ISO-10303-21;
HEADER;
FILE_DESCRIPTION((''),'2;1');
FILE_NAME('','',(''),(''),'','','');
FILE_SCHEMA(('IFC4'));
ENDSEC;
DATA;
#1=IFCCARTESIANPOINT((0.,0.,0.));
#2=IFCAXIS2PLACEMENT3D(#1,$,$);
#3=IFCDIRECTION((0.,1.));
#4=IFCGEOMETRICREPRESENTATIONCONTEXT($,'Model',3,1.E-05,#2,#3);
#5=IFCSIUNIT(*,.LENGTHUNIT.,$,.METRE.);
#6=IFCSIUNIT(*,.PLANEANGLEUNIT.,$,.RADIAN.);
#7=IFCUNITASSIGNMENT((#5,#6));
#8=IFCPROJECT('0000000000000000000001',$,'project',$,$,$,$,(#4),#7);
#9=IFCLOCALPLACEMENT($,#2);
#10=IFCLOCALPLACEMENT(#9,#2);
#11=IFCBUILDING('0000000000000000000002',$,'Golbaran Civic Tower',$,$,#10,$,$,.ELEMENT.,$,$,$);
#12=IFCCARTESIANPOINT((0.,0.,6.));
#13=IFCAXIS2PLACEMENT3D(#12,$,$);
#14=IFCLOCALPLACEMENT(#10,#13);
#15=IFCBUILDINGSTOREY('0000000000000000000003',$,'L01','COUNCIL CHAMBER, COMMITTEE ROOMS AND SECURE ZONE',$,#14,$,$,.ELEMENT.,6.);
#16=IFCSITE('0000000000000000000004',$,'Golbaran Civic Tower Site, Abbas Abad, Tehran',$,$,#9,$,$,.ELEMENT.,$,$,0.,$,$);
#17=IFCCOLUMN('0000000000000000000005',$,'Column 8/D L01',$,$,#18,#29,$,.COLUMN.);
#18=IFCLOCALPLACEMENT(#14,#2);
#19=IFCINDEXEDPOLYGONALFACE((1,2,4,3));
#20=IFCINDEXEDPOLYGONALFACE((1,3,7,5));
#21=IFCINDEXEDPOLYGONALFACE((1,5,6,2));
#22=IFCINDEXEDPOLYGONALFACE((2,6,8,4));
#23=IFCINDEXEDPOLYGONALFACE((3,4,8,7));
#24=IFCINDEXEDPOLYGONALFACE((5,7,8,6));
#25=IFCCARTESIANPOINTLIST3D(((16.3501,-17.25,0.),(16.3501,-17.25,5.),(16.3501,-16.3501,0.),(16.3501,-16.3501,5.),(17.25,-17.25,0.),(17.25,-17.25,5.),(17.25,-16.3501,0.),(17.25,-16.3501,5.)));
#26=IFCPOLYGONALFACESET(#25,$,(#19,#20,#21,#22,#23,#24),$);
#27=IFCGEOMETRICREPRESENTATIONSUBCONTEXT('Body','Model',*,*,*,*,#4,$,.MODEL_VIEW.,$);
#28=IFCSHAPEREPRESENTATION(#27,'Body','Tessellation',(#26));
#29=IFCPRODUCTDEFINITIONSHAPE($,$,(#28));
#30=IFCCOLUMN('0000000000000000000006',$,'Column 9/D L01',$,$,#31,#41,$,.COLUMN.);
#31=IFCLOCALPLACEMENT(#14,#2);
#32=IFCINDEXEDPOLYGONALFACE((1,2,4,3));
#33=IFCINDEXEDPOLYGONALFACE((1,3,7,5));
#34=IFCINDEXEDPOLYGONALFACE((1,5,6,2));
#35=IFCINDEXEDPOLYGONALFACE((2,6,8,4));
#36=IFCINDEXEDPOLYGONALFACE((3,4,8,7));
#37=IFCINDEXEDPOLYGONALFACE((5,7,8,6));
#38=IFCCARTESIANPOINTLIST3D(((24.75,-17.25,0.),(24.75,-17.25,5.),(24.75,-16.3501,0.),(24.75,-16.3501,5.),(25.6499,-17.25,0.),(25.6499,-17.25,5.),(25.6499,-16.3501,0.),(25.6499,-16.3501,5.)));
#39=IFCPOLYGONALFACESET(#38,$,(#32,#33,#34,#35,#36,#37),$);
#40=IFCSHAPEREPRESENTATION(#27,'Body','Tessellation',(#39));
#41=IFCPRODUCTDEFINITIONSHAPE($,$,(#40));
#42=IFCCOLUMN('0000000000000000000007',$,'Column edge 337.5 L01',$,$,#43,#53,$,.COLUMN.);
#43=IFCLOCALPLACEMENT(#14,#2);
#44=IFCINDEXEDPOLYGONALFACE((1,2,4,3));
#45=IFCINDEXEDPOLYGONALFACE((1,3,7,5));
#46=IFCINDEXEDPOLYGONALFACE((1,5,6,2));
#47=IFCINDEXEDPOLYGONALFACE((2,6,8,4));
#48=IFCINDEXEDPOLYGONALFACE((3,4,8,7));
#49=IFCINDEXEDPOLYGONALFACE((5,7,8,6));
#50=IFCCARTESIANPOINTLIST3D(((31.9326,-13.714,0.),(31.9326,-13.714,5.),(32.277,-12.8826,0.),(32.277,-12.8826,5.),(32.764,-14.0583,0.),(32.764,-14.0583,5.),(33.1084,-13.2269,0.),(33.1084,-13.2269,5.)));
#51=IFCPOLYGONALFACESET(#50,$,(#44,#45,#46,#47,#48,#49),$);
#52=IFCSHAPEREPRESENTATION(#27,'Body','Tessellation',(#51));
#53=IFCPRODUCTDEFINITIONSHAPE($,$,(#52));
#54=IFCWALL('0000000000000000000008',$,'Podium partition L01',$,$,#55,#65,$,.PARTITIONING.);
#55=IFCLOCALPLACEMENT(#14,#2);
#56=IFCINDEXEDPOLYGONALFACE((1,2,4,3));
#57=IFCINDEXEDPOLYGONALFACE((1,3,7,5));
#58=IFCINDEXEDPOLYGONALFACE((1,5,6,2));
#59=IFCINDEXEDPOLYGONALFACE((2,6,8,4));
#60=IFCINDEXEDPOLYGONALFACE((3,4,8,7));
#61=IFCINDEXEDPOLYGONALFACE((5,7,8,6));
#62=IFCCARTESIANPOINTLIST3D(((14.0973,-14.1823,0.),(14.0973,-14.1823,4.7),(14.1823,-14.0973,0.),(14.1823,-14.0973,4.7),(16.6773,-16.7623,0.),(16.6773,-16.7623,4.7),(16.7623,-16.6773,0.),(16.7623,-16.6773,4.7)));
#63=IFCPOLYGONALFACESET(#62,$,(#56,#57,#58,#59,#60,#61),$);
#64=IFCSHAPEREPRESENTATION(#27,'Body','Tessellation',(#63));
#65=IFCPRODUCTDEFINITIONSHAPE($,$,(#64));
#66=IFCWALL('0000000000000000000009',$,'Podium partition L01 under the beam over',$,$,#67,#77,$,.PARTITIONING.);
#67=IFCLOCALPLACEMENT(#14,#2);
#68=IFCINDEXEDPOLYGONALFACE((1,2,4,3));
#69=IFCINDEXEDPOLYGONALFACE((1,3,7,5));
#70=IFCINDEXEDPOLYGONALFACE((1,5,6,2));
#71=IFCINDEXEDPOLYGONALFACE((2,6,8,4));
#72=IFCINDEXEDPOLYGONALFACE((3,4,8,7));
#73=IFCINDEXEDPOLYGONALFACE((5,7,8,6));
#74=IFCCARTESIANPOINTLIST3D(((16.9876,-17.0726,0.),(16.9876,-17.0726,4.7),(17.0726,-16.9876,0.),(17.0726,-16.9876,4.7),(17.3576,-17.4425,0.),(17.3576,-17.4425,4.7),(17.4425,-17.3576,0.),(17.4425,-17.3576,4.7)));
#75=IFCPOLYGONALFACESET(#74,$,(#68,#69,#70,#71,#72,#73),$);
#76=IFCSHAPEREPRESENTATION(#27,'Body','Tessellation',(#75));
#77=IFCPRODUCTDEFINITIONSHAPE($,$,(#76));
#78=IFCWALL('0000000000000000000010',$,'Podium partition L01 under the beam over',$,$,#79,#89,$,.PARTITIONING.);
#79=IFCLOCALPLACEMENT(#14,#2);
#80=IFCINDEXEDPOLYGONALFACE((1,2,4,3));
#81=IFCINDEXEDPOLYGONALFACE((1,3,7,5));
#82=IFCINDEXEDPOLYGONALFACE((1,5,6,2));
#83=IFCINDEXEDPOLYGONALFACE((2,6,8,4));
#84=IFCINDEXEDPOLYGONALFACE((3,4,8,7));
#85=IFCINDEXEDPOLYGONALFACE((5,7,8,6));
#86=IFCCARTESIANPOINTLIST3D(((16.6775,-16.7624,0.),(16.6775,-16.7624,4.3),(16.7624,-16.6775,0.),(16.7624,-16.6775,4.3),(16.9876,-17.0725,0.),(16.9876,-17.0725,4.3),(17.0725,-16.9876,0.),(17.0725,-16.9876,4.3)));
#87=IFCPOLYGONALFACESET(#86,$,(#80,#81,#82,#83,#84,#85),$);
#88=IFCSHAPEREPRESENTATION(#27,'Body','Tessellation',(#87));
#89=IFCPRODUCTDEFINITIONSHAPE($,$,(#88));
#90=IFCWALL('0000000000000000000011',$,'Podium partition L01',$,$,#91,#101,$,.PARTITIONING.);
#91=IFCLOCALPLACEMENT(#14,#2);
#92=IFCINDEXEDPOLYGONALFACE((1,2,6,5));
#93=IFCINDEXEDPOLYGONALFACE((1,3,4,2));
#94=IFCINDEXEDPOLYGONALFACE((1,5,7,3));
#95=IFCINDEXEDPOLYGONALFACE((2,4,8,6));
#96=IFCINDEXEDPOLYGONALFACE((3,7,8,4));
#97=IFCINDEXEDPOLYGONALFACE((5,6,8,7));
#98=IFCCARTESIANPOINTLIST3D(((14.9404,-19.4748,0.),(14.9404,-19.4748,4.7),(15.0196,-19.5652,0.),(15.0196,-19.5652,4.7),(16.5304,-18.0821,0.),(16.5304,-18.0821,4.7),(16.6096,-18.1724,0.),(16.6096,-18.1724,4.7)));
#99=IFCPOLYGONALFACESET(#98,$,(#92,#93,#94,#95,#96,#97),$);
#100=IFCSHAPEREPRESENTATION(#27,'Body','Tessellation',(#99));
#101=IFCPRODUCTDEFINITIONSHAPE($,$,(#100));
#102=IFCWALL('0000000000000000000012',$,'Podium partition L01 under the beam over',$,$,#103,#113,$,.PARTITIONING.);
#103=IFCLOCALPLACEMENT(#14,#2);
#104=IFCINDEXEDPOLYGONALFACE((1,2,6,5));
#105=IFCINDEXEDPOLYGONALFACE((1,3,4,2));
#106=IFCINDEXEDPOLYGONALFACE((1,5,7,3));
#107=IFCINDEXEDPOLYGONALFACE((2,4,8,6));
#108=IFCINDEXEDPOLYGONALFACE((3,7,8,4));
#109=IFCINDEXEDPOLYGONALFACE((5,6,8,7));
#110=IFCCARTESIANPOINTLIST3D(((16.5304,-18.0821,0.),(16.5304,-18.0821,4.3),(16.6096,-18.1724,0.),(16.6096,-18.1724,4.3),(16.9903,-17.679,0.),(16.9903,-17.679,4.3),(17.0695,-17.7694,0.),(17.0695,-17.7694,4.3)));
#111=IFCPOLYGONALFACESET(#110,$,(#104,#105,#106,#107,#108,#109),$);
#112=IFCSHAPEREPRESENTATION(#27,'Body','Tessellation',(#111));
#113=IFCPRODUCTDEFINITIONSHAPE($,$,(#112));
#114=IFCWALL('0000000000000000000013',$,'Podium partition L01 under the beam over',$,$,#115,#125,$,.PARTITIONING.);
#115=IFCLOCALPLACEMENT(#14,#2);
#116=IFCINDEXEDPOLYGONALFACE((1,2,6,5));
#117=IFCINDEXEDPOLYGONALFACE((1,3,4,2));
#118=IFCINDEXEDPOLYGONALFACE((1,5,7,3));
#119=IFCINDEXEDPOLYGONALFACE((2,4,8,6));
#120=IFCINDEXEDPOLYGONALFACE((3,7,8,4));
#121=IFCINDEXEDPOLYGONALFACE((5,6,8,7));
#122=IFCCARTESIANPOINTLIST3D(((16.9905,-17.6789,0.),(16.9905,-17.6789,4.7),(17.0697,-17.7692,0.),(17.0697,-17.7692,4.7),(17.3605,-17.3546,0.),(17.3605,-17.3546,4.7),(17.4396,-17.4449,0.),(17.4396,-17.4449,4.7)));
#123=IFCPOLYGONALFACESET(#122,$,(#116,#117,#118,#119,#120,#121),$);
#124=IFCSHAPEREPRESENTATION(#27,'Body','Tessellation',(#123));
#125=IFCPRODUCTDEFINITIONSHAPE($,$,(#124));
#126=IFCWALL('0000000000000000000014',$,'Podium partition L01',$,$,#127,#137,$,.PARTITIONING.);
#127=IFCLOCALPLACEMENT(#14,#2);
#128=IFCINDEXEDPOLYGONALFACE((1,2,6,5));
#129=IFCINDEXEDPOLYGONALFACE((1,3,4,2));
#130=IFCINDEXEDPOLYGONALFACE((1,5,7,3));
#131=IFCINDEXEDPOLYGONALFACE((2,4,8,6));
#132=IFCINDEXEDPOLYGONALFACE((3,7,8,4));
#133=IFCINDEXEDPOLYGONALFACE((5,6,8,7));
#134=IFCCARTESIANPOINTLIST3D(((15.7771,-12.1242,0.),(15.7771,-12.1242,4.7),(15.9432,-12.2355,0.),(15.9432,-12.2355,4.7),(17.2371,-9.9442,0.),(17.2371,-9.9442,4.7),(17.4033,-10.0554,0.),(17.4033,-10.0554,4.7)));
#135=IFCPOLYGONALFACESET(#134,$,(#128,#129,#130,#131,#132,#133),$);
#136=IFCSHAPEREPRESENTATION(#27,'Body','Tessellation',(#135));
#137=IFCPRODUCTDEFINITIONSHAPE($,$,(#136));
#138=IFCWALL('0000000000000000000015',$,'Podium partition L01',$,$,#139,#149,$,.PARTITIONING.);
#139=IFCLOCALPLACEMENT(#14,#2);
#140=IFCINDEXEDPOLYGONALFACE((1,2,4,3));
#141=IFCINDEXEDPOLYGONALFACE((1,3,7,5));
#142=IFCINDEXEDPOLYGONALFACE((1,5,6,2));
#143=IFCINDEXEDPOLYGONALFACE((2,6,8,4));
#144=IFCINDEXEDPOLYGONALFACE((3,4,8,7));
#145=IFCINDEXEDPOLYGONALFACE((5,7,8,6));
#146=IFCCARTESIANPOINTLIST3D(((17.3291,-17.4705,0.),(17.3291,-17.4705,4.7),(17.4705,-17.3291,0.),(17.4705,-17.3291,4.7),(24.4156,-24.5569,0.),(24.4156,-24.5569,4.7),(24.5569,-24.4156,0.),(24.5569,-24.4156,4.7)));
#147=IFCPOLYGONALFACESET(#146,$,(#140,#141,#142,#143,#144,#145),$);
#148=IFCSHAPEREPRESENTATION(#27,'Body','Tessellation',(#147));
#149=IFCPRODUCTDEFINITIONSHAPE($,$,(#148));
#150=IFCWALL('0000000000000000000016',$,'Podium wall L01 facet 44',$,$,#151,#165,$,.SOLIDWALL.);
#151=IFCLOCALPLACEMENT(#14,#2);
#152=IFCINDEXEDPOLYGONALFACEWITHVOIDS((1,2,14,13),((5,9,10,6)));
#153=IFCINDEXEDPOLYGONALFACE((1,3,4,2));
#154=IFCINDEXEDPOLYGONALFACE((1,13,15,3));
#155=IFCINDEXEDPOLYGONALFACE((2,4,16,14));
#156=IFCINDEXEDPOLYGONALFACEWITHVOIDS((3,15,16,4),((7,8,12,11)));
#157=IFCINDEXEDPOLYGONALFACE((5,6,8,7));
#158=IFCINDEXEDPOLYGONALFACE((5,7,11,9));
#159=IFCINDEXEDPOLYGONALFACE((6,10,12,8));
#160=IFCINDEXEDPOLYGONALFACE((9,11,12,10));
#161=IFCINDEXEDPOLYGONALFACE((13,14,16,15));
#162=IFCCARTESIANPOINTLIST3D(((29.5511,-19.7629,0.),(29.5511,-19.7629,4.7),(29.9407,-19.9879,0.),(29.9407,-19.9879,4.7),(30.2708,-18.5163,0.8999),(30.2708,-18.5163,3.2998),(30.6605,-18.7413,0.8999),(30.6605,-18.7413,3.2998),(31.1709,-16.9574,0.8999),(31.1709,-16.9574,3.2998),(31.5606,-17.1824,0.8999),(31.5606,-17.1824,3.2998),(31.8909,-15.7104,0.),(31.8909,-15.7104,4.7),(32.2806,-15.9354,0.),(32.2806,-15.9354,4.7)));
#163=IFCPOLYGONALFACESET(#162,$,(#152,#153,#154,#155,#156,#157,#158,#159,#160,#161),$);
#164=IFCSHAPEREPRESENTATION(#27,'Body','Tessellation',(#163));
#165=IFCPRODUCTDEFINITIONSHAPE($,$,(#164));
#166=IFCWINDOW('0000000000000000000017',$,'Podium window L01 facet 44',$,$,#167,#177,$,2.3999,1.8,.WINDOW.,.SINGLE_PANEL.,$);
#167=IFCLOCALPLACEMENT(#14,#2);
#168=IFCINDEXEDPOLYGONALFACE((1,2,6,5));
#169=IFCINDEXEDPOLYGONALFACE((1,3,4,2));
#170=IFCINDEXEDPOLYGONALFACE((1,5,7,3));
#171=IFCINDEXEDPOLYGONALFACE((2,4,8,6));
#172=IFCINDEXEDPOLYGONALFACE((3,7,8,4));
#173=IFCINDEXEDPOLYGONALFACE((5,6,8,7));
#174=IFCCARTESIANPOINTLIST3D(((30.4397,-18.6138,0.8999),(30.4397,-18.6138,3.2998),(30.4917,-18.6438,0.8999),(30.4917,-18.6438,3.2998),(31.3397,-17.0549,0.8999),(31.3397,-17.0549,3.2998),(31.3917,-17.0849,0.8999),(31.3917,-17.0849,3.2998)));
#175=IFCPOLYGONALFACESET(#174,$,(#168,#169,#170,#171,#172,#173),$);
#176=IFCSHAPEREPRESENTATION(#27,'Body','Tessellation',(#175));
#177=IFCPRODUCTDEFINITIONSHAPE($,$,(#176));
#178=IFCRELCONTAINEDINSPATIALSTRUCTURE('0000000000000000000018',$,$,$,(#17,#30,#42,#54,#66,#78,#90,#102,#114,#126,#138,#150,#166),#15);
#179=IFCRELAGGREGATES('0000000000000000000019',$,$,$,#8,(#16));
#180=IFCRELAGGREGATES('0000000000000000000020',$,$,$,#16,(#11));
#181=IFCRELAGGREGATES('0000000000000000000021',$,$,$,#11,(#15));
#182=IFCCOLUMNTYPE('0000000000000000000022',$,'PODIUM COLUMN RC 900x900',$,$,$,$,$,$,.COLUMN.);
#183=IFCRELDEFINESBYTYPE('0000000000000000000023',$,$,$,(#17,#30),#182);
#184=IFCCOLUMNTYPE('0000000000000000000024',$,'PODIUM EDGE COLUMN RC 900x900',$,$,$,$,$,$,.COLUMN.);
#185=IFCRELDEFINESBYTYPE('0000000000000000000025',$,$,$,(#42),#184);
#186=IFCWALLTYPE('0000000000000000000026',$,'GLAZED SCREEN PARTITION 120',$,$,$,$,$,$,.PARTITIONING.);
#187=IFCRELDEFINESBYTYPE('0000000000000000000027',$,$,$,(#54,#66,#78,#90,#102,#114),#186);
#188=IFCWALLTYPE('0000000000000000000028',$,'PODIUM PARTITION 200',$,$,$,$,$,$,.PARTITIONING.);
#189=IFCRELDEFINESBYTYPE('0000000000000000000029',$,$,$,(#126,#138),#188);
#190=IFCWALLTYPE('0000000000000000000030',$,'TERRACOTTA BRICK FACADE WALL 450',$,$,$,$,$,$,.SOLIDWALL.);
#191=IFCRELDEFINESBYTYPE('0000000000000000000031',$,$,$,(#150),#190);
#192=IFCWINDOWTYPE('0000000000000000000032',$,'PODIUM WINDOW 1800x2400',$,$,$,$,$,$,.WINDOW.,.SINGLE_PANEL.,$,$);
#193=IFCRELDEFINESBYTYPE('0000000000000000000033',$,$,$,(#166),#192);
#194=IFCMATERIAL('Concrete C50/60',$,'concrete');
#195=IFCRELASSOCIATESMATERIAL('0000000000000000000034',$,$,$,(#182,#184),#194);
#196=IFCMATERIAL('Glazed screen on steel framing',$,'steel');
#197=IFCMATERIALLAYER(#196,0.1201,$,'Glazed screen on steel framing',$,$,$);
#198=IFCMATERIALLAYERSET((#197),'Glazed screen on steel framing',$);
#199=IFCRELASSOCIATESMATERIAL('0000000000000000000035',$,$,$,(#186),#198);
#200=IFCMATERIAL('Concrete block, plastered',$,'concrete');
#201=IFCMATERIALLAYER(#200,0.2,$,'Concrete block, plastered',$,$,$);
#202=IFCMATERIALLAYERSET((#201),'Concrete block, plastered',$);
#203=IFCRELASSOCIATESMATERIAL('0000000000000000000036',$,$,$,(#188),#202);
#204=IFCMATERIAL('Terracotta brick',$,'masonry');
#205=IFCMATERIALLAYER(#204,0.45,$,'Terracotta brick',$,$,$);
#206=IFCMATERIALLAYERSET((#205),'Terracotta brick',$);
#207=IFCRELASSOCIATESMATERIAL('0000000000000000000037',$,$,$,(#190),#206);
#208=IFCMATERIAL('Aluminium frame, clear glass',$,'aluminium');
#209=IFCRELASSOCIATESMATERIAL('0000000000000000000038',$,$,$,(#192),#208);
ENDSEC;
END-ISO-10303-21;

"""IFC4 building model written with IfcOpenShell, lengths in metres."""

from ifc_helpers import new_model, si_unit, direction, frame, frame_2d, origin, origin_2d, place, context, subcontext, project, spatial, rectangle, extrude, material, layer, layer_set, material_profile, profile_set, type_object, element, fill, save


model = new_model("IFC4")

# Units and contexts
model_context = context("Model", 3, precision=1e-05, world=origin(), true_north=direction((0.0, 1.0)))
body_context = subcontext(model_context, "Body", "Model", "MODEL_VIEW")
ifc_project = project(units=[si_unit("LENGTHUNIT", "METRE"), si_unit("PLANEANGLEUNIT", "RADIAN")], contexts=[model_context])

# Site, building, storey
site_placement = place(None, origin())
site = spatial("IfcSite", under=ifc_project, at=site_placement, Name="Golbaran Civic Tower Site, Abbas Abad, Tehran", CompositionType="ELEMENT", RefElevation=0.0)
building_placement = place(site_placement, origin())
building = spatial("IfcBuilding", under=site, at=building_placement, Name="Golbaran Civic Tower", CompositionType="ELEMENT")
storey_placement = place(building_placement, frame((0.0, 0.0, 6.0)))
storey = spatial("IfcBuildingStorey", under=building, at=storey_placement, Name="L01", Description="COUNCIL CHAMBER, COMMITTEE ROOMS AND SECURE ZONE", CompositionType="ELEMENT", Elevation=6.0)

# Columns
ifc_material_1 = material(Name="Concrete C50/60", Category="concrete")
ifc_material_profile_1 = material_profile(ifc_material_1, rectangle(XDim=0.8999, YDim=0.8999, at=origin_2d()), Name="RC 900x900")
ifc_profile_set_1 = profile_set([ifc_material_profile_1], Name="Concrete C50/60")
column_type_1 = type_object("IfcColumnType", Name="PODIUM COLUMN RC 900x900", PredefinedType="COLUMN", material=ifc_profile_set_1)
for number, where, z_axis, x_axis, name in (
    (1, (16.8, -16.8, 0.0), (0.0, 0.0, 1.0), (1.0, 0.0, 0.0), "Column 8/D L01"),
    (2, (25.2, -16.8, 0.0), (0.0, 0.0, 1.0), (1.0, 0.0, 0.0), "Column 9/D L01"),
):
    element("IfcColumn", number, at=place(storey_placement, frame(where, z_axis=z_axis, x_axis=x_axis)), inside=storey, type_object=column_type_1, Name=name, PredefinedType="COLUMN", context=body_context, shape_type="SweptSolid", body=[
        extrude(rectangle(XDim=0.8999, YDim=0.8999, at=origin_2d()), origin(), (0.0, 0.0, 1.0), 5.0),
    ])
ifc_material_profile_2 = material_profile(ifc_material_1, rectangle(XDim=0.8999, YDim=0.8999, at=origin_2d()), Name="RC 900x900")
ifc_profile_set_2 = profile_set([ifc_material_profile_2], Name="Concrete C50/60")
column_type_2 = type_object("IfcColumnType", Name="PODIUM EDGE COLUMN RC 900x900", PredefinedType="COLUMN", material=ifc_profile_set_2)
column_placement = place(storey_placement, frame((32.5205, -13.4705, 0.0), z_axis=(0.0, 0.0, 1.0), x_axis=(0.92388, -0.382683, 0.0)))
element("IfcColumn", 3, at=column_placement, inside=storey, type_object=column_type_2, Name="Column edge 337.5 L01", PredefinedType="COLUMN", context=body_context, shape_type="SweptSolid", body=[
    extrude(rectangle(XDim=0.8999, YDim=0.8999, at=origin_2d()), origin(), (0.0, 0.0, 1.0), 5.0),
])

# Walls
ifc_material_2 = material(Name="Glazed screen on steel framing", Category="steel")
ifc_layer_1 = layer(ifc_material_2, 0.1201, Name="Glazed screen on steel framing")
ifc_layer_set_1 = layer_set([ifc_layer_1], Name="Glazed screen on steel framing")
wall_type_1 = type_object("IfcWallType", Name="GLAZED SCREEN PARTITION 120", PredefinedType="PARTITIONING", material=ifc_layer_set_1)
wall_1_placement = place(storey_placement, frame((14.1399, -14.1399, 0.0), z_axis=(0.0, 0.0, 1.0), x_axis=(0.707107, -0.707107, 0.0)))
element("IfcWall", 4, at=wall_1_placement, inside=storey, type_object=wall_type_1, Name="Podium partition L01", PredefinedType="PARTITIONING", context=body_context, shape_type="SweptSolid", body=[
    extrude(rectangle(XDim=3.6487, YDim=0.1201, at=frame_2d((1.8242, 0.0))), origin(), (0.0, 0.0, 1.0), 4.7),
])
wall_2_placement = place(storey_placement, frame((17.03, -17.03, 0.0), z_axis=(0.0, 0.0, 1.0), x_axis=(0.707107, -0.707107, 0.0)))
element("IfcWall", 5, at=wall_2_placement, inside=storey, type_object=wall_type_1, Name="Podium partition L01 under the beam over", PredefinedType="PARTITIONING", context=body_context, shape_type="SweptSolid", body=[
    extrude(rectangle(XDim=0.5232, YDim=0.1201, at=frame_2d((0.2617, 0.0))), origin(), (0.0, 0.0, 1.0), 4.7),
])
wall_3_placement = place(storey_placement, frame((16.72, -16.72, 0.0), z_axis=(0.0, 0.0, 1.0), x_axis=(0.707107, -0.707107, 0.0)))
element("IfcWall", 6, at=wall_3_placement, inside=storey, type_object=wall_type_1, Name="Podium partition L01 under the beam over", PredefinedType="PARTITIONING", context=body_context, shape_type="SweptSolid", body=[
    extrude(rectangle(XDim=0.4385, YDim=0.1201, at=frame_2d((0.2192, 0.0))), origin(), (0.0, 0.0, 1.0), 4.3),
])
wall_4_placement = place(storey_placement, frame((14.98, -19.52, 0.0), z_axis=(0.0, 0.0, 1.0), x_axis=(0.752226, 0.658905, 0.0)))
element("IfcWall", 7, at=wall_4_placement, inside=storey, type_object=wall_type_1, Name="Podium partition L01", PredefinedType="PARTITIONING", context=body_context, shape_type="SweptSolid", body=[
    extrude(rectangle(XDim=2.1138, YDim=0.1201, at=frame_2d((1.0569, 0.0))), origin(), (0.0, 0.0, 1.0), 4.7),
])
wall_5_placement = place(storey_placement, frame((16.5701, -18.1272, 0.0), z_axis=(0.0, 0.0, 1.0), x_axis=(0.752082, 0.65907, 0.0)))
element("IfcWall", 8, at=wall_5_placement, inside=storey, type_object=wall_type_1, Name="Podium partition L01 under the beam over", PredefinedType="PARTITIONING", context=body_context, shape_type="SweptSolid", body=[
    extrude(rectangle(XDim=0.6116, YDim=0.1201, at=frame_2d((0.3057, 0.0))), origin(), (0.0, 0.0, 1.0), 4.3),
])
wall_6_placement = place(storey_placement, frame((17.03, -17.7241, 0.0), z_axis=(0.0, 0.0, 1.0), x_axis=(0.751992, 0.659172, 0.0)))
element("IfcWall", 9, at=wall_6_placement, inside=storey, type_object=wall_type_1, Name="Podium partition L01 under the beam over", PredefinedType="PARTITIONING", context=body_context, shape_type="SweptSolid", body=[
    extrude(rectangle(XDim=0.4919, YDim=0.1201, at=frame_2d((0.2461, 0.0))), origin(), (0.0, 0.0, 1.0), 4.7),
])

# Shared definitions
ifc_material_3 = material(Name="Concrete block, plastered", Category="concrete")
ifc_layer_2 = layer(ifc_material_3, 0.2, Name="Concrete block, plastered")
ifc_layer_set_2 = layer_set([ifc_layer_2], Name="Concrete block, plastered")
wall_type_2 = type_object("IfcWallType", Name="PODIUM PARTITION 200", PredefinedType="PARTITIONING", material=ifc_layer_set_2)

# Walls
wall_7_placement = place(storey_placement, frame((15.8601, -12.1799, 0.0), z_axis=(0.0, 0.0, 1.0), x_axis=(0.55646, 0.830875, 0.0)))
element("IfcWall", 10, at=wall_7_placement, inside=storey, type_object=wall_type_2, Name="Podium partition L01", PredefinedType="PARTITIONING", context=body_context, shape_type="SweptSolid", body=[
    extrude(rectangle(XDim=2.6238, YDim=0.2, at=frame_2d((1.312, 0.0))), origin(), (0.0, 0.0, 1.0), 4.7),
])
wall_8_placement = place(storey_placement, frame((17.3999, -17.3999, 0.0), z_axis=(0.0, 0.0, 1.0), x_axis=(0.707107, -0.707107, 0.0)))
element("IfcWall", 11, at=wall_8_placement, inside=storey, type_object=wall_type_2, Name="Podium partition L01", PredefinedType="PARTITIONING", context=body_context, shape_type="SweptSolid", body=[
    extrude(rectangle(XDim=10.0217, YDim=0.2, at=frame_2d((5.0107, 0.0))), origin(), (0.0, 0.0, 1.0), 4.7),
])

# Wall, opening, window
ifc_material_4 = material(Name="Terracotta brick", Category="masonry")
ifc_layer_3 = layer(ifc_material_4, 0.45, Name="Terracotta brick")
ifc_layer_set_3 = layer_set([ifc_layer_3], Name="Terracotta brick")
wall_type_3 = type_object("IfcWallType", Name="TERRACOTTA BRICK FACADE WALL 450", PredefinedType="SOLIDWALL", material=ifc_layer_set_3)
wall_9_placement = place(storey_placement, frame((29.7458, -19.8755, 0.0), z_axis=(0.0, 0.0, 1.0), x_axis=(0.500022, 0.866013, 0.0)))
wall_9 = element("IfcWall", 12, at=wall_9_placement, inside=storey, type_object=wall_type_3, Name="Podium wall L01 facet 44", PredefinedType="SOLIDWALL", context=body_context, shape_type="SweptSolid", body=[
    extrude(rectangle(XDim=4.6794, YDim=0.45, at=frame_2d((2.3398, 0.0))), origin(), (0.0, 0.0, 1.0), 4.7),
])
opening_1_placement = place(wall_9_placement, frame((1.4397, 0.0, 0.8999)))
opening_1 = element("IfcOpeningElement", 13, at=opening_1_placement, cuts=wall_9, PredefinedType="OPENING", context=body_context, shape_type="SweptSolid", body=[
    extrude(rectangle(XDim=1.8, YDim=2.3999, at=frame_2d((0.8999, 1.2))), frame((0.0, 0.2349, 0.0), z_axis=(0.0, -1.0, 0.0), x_axis=(1.0, 0.0, 0.0)), (0.0, 0.0, 1.0), 0.47),
])
ifc_material_5 = material(Name="Aluminium frame, clear glass", Category="aluminium")
window_type = type_object("IfcWindowType", Name="PODIUM WINDOW 1800x2400", PartitioningType="SINGLE_PANEL", PredefinedType="WINDOW", material=ifc_material_5)
window_1_placement = place(opening_1_placement, origin())
window_1 = element("IfcWindow", 14, at=window_1_placement, inside=storey, type_object=window_type, Name="Podium window L01 facet 44", OverallHeight=2.3999, OverallWidth=1.8, PartitioningType="SINGLE_PANEL", PredefinedType="WINDOW", context=body_context, shape_type="SweptSolid", body=[
    extrude(rectangle(XDim=1.8, YDim=2.3999, at=frame_2d((0.8999, 1.2))), frame((0.0, 0.03, 0.0), z_axis=(0.0, -1.0, 0.0), x_axis=(1.0, 0.0, 0.0)), (0.0, 0.0, 1.0), 0.0601),
])
fill(opening_1, window_1)

save(model, "model.ifc")
